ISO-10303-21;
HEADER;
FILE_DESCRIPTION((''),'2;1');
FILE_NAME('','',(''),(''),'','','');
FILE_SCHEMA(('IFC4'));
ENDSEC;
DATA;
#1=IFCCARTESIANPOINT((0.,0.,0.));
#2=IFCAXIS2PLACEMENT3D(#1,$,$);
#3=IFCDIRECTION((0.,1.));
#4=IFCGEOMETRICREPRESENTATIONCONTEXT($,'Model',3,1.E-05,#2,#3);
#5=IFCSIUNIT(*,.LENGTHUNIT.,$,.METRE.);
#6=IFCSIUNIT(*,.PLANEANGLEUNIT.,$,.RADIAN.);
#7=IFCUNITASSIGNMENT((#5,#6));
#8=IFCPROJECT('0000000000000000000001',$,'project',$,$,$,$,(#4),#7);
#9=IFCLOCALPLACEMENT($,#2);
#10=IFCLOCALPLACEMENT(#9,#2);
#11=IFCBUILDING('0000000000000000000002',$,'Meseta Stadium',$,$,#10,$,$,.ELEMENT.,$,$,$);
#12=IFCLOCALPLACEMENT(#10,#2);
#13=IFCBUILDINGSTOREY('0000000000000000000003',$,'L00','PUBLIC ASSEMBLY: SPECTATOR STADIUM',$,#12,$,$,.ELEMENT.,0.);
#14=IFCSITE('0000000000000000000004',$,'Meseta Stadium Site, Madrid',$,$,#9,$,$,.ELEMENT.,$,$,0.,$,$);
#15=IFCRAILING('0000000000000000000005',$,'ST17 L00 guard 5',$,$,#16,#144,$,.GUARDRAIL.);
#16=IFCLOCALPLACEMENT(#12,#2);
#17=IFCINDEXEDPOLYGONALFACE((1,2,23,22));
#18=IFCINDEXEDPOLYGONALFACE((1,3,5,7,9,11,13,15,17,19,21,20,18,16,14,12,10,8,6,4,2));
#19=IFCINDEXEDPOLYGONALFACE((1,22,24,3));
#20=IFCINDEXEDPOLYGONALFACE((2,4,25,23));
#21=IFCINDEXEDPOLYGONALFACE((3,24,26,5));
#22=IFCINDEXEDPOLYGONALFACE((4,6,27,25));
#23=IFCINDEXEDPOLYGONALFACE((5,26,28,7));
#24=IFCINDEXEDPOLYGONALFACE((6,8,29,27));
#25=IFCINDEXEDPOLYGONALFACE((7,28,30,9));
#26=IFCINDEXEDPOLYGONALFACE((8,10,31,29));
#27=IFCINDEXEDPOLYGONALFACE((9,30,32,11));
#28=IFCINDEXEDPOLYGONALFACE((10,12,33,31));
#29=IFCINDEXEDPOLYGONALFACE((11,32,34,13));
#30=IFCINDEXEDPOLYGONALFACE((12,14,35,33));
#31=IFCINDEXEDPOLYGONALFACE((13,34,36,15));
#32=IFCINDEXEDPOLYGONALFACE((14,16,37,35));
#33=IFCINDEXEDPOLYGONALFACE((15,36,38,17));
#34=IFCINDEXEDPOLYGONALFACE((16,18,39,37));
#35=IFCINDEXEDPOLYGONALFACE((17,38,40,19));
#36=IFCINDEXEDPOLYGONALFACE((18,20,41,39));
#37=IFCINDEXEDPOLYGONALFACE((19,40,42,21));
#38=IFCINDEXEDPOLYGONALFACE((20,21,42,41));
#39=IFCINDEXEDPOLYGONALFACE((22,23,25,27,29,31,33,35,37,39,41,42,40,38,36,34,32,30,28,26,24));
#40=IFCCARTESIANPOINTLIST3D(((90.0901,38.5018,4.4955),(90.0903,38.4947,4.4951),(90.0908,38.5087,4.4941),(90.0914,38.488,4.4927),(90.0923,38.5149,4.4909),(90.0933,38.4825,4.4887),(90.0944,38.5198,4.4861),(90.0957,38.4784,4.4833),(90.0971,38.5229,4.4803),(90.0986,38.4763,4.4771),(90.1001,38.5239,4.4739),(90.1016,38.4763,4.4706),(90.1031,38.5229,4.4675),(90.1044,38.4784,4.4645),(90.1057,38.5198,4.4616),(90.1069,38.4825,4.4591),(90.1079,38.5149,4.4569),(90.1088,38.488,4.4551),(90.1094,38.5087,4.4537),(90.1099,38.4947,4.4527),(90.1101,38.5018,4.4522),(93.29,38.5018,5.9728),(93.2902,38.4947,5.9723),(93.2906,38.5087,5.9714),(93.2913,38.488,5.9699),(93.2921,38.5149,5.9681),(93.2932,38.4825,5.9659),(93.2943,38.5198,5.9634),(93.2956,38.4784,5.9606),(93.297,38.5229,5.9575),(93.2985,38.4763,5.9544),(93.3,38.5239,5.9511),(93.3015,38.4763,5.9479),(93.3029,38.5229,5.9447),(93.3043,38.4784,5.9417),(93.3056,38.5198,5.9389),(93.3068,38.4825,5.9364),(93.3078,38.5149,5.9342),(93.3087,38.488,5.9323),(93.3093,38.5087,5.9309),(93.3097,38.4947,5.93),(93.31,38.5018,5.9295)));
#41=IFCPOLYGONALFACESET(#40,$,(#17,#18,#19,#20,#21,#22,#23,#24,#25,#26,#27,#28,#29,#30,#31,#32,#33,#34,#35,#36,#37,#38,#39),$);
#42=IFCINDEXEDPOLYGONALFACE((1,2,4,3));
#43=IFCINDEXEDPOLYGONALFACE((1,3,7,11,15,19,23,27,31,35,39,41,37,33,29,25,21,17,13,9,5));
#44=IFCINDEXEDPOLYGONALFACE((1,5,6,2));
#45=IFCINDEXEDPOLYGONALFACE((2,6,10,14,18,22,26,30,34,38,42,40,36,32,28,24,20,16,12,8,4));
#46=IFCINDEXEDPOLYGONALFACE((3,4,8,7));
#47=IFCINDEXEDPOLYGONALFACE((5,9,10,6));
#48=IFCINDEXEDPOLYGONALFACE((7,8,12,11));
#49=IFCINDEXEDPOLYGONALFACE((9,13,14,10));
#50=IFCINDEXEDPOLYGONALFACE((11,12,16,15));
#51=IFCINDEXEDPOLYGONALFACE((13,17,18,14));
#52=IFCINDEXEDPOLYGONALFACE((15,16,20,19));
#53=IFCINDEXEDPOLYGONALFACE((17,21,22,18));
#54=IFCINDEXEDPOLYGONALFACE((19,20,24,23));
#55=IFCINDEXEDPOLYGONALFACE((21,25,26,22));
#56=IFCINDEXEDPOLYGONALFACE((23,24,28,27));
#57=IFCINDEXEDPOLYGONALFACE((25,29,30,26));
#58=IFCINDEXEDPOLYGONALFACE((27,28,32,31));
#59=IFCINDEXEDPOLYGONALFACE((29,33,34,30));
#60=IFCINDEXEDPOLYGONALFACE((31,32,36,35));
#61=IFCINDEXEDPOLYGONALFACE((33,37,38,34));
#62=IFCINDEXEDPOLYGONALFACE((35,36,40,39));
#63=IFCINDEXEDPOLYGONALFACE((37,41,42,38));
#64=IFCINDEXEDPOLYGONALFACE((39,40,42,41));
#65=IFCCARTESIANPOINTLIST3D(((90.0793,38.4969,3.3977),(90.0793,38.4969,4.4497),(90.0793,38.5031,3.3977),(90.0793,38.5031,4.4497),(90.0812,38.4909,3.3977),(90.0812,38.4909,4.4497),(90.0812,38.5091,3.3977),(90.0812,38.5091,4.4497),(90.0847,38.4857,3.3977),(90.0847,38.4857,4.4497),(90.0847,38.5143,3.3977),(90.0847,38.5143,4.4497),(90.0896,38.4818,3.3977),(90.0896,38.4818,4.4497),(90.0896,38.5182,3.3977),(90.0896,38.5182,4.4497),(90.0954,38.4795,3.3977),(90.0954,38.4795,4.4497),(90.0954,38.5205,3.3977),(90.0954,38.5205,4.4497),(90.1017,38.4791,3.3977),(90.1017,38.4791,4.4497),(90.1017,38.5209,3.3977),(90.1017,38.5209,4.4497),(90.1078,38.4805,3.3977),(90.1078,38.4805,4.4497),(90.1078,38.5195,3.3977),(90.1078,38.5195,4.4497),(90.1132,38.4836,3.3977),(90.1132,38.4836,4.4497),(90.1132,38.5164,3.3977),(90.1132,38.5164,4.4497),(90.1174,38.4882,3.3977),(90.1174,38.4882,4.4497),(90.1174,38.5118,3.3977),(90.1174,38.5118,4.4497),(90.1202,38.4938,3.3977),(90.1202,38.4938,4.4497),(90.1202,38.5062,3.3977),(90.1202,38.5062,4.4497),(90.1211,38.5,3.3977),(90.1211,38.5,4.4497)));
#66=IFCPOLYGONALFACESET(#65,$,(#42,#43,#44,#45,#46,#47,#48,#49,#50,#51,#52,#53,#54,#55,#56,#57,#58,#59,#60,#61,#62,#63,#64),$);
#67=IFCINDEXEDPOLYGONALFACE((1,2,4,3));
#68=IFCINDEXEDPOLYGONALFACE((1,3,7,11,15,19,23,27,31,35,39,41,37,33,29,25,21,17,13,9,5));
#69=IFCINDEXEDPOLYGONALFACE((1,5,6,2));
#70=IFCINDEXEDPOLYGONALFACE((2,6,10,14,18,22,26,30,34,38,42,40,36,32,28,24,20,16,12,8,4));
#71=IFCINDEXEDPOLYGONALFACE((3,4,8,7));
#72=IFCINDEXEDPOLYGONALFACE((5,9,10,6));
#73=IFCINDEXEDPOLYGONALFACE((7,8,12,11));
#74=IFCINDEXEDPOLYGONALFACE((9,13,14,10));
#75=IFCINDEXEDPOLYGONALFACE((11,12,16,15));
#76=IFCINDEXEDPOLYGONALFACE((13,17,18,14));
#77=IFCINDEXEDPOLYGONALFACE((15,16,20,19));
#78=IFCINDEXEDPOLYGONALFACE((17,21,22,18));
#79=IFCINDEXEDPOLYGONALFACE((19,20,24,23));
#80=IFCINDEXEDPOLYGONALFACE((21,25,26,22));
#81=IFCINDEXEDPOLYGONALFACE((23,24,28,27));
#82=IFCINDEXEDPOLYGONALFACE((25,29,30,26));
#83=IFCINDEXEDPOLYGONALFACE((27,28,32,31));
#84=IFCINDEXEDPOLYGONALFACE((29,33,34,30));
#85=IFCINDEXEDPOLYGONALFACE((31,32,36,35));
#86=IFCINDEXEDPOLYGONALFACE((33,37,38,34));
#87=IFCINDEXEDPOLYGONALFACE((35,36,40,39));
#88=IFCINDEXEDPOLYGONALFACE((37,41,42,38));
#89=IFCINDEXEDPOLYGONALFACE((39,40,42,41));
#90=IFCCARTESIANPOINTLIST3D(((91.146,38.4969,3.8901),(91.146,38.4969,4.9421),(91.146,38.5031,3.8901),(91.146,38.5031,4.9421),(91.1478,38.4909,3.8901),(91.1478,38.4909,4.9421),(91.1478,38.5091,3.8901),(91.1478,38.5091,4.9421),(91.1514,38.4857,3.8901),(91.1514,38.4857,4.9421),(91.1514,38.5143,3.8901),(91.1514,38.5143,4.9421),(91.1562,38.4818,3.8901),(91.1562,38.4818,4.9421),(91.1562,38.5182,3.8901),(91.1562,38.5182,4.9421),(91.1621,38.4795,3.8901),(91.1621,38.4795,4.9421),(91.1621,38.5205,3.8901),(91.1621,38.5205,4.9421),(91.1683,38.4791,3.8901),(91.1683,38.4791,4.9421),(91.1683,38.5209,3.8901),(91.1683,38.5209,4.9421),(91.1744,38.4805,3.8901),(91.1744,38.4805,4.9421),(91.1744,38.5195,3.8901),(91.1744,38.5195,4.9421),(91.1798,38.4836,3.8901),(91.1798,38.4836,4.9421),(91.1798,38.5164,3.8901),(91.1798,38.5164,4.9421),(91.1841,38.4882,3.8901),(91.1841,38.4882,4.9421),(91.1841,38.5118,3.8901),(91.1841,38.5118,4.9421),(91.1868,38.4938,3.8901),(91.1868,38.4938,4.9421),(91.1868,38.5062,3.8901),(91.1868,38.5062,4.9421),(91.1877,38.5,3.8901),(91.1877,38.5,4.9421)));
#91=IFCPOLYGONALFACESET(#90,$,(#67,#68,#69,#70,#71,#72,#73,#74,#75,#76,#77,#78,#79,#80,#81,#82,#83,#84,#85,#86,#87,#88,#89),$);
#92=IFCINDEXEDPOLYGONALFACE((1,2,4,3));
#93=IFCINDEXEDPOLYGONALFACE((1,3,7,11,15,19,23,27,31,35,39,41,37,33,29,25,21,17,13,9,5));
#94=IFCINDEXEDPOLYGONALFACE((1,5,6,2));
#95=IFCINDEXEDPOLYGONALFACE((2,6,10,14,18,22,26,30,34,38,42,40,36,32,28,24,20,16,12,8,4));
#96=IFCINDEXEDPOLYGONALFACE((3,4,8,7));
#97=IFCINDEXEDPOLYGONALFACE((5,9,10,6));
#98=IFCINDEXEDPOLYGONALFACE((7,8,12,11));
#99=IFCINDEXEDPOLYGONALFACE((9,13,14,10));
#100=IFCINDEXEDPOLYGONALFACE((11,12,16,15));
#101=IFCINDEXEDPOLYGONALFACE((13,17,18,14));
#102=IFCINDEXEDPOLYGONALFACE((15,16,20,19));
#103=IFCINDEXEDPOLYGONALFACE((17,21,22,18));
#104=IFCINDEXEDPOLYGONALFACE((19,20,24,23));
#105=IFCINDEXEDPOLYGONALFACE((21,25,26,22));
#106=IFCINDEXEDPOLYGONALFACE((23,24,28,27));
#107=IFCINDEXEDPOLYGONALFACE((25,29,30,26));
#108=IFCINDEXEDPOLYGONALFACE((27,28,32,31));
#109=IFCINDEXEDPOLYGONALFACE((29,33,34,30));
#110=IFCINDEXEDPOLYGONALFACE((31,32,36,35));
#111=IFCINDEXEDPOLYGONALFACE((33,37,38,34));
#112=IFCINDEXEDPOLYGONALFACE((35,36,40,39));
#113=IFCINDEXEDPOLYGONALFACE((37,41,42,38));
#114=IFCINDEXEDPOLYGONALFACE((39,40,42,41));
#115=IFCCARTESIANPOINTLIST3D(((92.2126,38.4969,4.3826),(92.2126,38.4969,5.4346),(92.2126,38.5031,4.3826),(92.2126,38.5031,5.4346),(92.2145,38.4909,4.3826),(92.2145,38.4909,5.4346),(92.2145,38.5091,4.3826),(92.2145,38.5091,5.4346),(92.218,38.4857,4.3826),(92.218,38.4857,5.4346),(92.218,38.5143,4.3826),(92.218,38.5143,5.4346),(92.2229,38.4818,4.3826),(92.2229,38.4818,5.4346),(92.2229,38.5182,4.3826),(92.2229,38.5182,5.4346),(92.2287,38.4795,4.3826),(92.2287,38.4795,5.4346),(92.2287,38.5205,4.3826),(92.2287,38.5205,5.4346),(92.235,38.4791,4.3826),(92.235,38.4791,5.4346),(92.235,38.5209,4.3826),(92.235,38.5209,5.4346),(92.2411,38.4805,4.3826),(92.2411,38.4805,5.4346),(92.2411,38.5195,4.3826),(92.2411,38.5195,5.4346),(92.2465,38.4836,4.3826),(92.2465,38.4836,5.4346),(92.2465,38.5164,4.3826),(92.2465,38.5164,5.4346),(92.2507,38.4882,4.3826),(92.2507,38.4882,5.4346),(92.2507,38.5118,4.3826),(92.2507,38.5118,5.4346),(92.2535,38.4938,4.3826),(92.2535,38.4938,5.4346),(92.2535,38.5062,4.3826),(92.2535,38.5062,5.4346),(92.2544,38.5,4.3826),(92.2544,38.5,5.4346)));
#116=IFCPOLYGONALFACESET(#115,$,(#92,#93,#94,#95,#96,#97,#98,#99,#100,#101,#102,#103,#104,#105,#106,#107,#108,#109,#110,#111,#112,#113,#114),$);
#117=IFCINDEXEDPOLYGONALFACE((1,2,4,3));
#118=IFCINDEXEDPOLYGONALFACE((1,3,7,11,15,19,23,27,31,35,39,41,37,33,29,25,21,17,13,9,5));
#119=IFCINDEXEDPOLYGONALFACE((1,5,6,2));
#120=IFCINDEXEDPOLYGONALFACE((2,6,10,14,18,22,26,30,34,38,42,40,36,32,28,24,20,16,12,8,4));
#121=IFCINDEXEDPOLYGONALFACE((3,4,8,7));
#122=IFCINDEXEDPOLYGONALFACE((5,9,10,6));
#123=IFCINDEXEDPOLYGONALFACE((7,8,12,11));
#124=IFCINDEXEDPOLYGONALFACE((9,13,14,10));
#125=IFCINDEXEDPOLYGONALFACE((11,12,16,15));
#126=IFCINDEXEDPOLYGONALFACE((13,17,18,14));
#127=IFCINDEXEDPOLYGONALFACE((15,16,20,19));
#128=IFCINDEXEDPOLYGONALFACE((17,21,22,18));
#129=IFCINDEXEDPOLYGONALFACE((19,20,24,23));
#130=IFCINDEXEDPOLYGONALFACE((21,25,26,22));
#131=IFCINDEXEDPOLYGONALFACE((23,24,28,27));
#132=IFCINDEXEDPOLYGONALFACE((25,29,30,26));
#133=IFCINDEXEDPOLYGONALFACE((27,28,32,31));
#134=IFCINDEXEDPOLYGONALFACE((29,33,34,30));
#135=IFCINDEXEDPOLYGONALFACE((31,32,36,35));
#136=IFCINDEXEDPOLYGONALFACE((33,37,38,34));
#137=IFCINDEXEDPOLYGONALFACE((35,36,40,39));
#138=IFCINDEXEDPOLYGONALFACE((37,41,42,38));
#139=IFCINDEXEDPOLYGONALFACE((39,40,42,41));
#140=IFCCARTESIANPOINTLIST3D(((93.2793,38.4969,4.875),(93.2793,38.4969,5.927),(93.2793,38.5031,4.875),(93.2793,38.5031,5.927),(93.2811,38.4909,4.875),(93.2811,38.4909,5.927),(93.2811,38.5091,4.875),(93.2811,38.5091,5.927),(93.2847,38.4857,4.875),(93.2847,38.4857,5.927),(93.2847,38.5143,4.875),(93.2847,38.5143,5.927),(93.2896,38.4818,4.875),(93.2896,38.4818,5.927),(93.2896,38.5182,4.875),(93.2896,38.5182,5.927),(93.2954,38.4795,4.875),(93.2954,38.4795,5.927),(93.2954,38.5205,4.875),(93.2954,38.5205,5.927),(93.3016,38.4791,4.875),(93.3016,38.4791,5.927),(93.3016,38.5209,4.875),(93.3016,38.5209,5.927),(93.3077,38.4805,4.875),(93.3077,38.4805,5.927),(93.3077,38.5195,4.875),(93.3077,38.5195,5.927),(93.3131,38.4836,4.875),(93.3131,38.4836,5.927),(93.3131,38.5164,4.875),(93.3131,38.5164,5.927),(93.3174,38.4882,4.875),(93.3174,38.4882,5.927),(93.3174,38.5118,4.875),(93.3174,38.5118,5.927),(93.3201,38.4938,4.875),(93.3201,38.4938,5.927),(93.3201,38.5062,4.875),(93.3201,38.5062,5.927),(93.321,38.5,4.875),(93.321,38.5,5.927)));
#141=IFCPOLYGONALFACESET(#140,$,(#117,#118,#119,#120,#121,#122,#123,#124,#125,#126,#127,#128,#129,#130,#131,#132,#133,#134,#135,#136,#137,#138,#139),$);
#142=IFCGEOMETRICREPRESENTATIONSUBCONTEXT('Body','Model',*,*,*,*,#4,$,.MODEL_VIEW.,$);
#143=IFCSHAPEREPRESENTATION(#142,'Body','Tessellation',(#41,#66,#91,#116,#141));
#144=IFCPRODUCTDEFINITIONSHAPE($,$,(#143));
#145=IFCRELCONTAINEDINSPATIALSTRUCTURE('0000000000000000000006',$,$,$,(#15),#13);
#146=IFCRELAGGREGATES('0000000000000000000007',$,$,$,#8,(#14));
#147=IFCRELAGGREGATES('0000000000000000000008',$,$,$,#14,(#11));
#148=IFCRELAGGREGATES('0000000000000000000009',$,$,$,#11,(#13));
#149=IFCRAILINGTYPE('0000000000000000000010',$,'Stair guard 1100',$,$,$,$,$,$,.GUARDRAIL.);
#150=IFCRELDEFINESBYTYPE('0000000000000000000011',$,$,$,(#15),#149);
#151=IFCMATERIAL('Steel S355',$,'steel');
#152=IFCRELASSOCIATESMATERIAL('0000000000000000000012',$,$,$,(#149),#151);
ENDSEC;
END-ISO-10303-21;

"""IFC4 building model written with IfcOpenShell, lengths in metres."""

from ifc_helpers import new_model, si_unit, direction, frame, origin, origin_2d, place, context, subcontext, project, spatial, circle, extrude, material, type_object, element, save


model = new_model("IFC4")

# Units and contexts
model_context = context("Model", 3, precision=1e-05, world=origin(), true_north=direction((0.0, 1.0)))
body_context = subcontext(model_context, "Body", "Model", "MODEL_VIEW")
ifc_project = project(units=[si_unit("LENGTHUNIT", "METRE"), si_unit("PLANEANGLEUNIT", "RADIAN")], contexts=[model_context])

# Site, building, storey
site_placement = place(None, origin())
site = spatial("IfcSite", under=ifc_project, at=site_placement, Name="Meseta Stadium Site, Madrid", CompositionType="ELEMENT", RefElevation=0.0)
building_placement = place(site_placement, origin())
building = spatial("IfcBuilding", under=site, at=building_placement, Name="Meseta Stadium", CompositionType="ELEMENT")
storey_placement = place(building_placement, origin())
storey = spatial("IfcBuildingStorey", under=building, at=storey_placement, Name="L00", Description="PUBLIC ASSEMBLY: SPECTATOR STADIUM", CompositionType="ELEMENT", Elevation=0.0)

# Railing
ifc_material_1 = material(Name="Steel S355", Category="steel")
railing_type_1 = type_object("IfcRailingType", Name="Stair guard 1100", PredefinedType="GUARDRAIL", material=ifc_material_1)
railing_1_placement = place(storey_placement, frame((90.1001, 38.5, 3.3977)))
element("IfcRailing", 1, at=railing_1_placement, inside=storey, type_object=railing_type_1, Name="ST17 L00 guard 5", PredefinedType="GUARDRAIL", context=body_context, shape_type="SweptSolid", body=[
    extrude(circle(Radius=0.0239, at=origin_2d()), frame((0.0, 0.0, 1.0762), z_axis=(0.907917, 0.0, 0.41915), x_axis=(0.0, 1.0, 0.0)), (0.0, 0.0, 1.0), 3.5244),
    extrude(circle(Radius=0.021, at=origin_2d()), origin(), (0.0, 0.0, 1.0), 1.052),
    extrude(circle(Radius=0.021, at=origin_2d()), frame((1.0667, 0.0, 0.4924)), (0.0, 0.0, 1.0), 1.052),
    extrude(circle(Radius=0.021, at=origin_2d()), frame((2.1333, 0.0, 0.9849)), (0.0, 0.0, 1.0), 1.052),
    extrude(circle(Radius=0.021, at=origin_2d()), frame((3.2, 0.0, 1.4773)), (0.0, 0.0, 1.0), 1.052),
])

save(model, "model.ifc")
